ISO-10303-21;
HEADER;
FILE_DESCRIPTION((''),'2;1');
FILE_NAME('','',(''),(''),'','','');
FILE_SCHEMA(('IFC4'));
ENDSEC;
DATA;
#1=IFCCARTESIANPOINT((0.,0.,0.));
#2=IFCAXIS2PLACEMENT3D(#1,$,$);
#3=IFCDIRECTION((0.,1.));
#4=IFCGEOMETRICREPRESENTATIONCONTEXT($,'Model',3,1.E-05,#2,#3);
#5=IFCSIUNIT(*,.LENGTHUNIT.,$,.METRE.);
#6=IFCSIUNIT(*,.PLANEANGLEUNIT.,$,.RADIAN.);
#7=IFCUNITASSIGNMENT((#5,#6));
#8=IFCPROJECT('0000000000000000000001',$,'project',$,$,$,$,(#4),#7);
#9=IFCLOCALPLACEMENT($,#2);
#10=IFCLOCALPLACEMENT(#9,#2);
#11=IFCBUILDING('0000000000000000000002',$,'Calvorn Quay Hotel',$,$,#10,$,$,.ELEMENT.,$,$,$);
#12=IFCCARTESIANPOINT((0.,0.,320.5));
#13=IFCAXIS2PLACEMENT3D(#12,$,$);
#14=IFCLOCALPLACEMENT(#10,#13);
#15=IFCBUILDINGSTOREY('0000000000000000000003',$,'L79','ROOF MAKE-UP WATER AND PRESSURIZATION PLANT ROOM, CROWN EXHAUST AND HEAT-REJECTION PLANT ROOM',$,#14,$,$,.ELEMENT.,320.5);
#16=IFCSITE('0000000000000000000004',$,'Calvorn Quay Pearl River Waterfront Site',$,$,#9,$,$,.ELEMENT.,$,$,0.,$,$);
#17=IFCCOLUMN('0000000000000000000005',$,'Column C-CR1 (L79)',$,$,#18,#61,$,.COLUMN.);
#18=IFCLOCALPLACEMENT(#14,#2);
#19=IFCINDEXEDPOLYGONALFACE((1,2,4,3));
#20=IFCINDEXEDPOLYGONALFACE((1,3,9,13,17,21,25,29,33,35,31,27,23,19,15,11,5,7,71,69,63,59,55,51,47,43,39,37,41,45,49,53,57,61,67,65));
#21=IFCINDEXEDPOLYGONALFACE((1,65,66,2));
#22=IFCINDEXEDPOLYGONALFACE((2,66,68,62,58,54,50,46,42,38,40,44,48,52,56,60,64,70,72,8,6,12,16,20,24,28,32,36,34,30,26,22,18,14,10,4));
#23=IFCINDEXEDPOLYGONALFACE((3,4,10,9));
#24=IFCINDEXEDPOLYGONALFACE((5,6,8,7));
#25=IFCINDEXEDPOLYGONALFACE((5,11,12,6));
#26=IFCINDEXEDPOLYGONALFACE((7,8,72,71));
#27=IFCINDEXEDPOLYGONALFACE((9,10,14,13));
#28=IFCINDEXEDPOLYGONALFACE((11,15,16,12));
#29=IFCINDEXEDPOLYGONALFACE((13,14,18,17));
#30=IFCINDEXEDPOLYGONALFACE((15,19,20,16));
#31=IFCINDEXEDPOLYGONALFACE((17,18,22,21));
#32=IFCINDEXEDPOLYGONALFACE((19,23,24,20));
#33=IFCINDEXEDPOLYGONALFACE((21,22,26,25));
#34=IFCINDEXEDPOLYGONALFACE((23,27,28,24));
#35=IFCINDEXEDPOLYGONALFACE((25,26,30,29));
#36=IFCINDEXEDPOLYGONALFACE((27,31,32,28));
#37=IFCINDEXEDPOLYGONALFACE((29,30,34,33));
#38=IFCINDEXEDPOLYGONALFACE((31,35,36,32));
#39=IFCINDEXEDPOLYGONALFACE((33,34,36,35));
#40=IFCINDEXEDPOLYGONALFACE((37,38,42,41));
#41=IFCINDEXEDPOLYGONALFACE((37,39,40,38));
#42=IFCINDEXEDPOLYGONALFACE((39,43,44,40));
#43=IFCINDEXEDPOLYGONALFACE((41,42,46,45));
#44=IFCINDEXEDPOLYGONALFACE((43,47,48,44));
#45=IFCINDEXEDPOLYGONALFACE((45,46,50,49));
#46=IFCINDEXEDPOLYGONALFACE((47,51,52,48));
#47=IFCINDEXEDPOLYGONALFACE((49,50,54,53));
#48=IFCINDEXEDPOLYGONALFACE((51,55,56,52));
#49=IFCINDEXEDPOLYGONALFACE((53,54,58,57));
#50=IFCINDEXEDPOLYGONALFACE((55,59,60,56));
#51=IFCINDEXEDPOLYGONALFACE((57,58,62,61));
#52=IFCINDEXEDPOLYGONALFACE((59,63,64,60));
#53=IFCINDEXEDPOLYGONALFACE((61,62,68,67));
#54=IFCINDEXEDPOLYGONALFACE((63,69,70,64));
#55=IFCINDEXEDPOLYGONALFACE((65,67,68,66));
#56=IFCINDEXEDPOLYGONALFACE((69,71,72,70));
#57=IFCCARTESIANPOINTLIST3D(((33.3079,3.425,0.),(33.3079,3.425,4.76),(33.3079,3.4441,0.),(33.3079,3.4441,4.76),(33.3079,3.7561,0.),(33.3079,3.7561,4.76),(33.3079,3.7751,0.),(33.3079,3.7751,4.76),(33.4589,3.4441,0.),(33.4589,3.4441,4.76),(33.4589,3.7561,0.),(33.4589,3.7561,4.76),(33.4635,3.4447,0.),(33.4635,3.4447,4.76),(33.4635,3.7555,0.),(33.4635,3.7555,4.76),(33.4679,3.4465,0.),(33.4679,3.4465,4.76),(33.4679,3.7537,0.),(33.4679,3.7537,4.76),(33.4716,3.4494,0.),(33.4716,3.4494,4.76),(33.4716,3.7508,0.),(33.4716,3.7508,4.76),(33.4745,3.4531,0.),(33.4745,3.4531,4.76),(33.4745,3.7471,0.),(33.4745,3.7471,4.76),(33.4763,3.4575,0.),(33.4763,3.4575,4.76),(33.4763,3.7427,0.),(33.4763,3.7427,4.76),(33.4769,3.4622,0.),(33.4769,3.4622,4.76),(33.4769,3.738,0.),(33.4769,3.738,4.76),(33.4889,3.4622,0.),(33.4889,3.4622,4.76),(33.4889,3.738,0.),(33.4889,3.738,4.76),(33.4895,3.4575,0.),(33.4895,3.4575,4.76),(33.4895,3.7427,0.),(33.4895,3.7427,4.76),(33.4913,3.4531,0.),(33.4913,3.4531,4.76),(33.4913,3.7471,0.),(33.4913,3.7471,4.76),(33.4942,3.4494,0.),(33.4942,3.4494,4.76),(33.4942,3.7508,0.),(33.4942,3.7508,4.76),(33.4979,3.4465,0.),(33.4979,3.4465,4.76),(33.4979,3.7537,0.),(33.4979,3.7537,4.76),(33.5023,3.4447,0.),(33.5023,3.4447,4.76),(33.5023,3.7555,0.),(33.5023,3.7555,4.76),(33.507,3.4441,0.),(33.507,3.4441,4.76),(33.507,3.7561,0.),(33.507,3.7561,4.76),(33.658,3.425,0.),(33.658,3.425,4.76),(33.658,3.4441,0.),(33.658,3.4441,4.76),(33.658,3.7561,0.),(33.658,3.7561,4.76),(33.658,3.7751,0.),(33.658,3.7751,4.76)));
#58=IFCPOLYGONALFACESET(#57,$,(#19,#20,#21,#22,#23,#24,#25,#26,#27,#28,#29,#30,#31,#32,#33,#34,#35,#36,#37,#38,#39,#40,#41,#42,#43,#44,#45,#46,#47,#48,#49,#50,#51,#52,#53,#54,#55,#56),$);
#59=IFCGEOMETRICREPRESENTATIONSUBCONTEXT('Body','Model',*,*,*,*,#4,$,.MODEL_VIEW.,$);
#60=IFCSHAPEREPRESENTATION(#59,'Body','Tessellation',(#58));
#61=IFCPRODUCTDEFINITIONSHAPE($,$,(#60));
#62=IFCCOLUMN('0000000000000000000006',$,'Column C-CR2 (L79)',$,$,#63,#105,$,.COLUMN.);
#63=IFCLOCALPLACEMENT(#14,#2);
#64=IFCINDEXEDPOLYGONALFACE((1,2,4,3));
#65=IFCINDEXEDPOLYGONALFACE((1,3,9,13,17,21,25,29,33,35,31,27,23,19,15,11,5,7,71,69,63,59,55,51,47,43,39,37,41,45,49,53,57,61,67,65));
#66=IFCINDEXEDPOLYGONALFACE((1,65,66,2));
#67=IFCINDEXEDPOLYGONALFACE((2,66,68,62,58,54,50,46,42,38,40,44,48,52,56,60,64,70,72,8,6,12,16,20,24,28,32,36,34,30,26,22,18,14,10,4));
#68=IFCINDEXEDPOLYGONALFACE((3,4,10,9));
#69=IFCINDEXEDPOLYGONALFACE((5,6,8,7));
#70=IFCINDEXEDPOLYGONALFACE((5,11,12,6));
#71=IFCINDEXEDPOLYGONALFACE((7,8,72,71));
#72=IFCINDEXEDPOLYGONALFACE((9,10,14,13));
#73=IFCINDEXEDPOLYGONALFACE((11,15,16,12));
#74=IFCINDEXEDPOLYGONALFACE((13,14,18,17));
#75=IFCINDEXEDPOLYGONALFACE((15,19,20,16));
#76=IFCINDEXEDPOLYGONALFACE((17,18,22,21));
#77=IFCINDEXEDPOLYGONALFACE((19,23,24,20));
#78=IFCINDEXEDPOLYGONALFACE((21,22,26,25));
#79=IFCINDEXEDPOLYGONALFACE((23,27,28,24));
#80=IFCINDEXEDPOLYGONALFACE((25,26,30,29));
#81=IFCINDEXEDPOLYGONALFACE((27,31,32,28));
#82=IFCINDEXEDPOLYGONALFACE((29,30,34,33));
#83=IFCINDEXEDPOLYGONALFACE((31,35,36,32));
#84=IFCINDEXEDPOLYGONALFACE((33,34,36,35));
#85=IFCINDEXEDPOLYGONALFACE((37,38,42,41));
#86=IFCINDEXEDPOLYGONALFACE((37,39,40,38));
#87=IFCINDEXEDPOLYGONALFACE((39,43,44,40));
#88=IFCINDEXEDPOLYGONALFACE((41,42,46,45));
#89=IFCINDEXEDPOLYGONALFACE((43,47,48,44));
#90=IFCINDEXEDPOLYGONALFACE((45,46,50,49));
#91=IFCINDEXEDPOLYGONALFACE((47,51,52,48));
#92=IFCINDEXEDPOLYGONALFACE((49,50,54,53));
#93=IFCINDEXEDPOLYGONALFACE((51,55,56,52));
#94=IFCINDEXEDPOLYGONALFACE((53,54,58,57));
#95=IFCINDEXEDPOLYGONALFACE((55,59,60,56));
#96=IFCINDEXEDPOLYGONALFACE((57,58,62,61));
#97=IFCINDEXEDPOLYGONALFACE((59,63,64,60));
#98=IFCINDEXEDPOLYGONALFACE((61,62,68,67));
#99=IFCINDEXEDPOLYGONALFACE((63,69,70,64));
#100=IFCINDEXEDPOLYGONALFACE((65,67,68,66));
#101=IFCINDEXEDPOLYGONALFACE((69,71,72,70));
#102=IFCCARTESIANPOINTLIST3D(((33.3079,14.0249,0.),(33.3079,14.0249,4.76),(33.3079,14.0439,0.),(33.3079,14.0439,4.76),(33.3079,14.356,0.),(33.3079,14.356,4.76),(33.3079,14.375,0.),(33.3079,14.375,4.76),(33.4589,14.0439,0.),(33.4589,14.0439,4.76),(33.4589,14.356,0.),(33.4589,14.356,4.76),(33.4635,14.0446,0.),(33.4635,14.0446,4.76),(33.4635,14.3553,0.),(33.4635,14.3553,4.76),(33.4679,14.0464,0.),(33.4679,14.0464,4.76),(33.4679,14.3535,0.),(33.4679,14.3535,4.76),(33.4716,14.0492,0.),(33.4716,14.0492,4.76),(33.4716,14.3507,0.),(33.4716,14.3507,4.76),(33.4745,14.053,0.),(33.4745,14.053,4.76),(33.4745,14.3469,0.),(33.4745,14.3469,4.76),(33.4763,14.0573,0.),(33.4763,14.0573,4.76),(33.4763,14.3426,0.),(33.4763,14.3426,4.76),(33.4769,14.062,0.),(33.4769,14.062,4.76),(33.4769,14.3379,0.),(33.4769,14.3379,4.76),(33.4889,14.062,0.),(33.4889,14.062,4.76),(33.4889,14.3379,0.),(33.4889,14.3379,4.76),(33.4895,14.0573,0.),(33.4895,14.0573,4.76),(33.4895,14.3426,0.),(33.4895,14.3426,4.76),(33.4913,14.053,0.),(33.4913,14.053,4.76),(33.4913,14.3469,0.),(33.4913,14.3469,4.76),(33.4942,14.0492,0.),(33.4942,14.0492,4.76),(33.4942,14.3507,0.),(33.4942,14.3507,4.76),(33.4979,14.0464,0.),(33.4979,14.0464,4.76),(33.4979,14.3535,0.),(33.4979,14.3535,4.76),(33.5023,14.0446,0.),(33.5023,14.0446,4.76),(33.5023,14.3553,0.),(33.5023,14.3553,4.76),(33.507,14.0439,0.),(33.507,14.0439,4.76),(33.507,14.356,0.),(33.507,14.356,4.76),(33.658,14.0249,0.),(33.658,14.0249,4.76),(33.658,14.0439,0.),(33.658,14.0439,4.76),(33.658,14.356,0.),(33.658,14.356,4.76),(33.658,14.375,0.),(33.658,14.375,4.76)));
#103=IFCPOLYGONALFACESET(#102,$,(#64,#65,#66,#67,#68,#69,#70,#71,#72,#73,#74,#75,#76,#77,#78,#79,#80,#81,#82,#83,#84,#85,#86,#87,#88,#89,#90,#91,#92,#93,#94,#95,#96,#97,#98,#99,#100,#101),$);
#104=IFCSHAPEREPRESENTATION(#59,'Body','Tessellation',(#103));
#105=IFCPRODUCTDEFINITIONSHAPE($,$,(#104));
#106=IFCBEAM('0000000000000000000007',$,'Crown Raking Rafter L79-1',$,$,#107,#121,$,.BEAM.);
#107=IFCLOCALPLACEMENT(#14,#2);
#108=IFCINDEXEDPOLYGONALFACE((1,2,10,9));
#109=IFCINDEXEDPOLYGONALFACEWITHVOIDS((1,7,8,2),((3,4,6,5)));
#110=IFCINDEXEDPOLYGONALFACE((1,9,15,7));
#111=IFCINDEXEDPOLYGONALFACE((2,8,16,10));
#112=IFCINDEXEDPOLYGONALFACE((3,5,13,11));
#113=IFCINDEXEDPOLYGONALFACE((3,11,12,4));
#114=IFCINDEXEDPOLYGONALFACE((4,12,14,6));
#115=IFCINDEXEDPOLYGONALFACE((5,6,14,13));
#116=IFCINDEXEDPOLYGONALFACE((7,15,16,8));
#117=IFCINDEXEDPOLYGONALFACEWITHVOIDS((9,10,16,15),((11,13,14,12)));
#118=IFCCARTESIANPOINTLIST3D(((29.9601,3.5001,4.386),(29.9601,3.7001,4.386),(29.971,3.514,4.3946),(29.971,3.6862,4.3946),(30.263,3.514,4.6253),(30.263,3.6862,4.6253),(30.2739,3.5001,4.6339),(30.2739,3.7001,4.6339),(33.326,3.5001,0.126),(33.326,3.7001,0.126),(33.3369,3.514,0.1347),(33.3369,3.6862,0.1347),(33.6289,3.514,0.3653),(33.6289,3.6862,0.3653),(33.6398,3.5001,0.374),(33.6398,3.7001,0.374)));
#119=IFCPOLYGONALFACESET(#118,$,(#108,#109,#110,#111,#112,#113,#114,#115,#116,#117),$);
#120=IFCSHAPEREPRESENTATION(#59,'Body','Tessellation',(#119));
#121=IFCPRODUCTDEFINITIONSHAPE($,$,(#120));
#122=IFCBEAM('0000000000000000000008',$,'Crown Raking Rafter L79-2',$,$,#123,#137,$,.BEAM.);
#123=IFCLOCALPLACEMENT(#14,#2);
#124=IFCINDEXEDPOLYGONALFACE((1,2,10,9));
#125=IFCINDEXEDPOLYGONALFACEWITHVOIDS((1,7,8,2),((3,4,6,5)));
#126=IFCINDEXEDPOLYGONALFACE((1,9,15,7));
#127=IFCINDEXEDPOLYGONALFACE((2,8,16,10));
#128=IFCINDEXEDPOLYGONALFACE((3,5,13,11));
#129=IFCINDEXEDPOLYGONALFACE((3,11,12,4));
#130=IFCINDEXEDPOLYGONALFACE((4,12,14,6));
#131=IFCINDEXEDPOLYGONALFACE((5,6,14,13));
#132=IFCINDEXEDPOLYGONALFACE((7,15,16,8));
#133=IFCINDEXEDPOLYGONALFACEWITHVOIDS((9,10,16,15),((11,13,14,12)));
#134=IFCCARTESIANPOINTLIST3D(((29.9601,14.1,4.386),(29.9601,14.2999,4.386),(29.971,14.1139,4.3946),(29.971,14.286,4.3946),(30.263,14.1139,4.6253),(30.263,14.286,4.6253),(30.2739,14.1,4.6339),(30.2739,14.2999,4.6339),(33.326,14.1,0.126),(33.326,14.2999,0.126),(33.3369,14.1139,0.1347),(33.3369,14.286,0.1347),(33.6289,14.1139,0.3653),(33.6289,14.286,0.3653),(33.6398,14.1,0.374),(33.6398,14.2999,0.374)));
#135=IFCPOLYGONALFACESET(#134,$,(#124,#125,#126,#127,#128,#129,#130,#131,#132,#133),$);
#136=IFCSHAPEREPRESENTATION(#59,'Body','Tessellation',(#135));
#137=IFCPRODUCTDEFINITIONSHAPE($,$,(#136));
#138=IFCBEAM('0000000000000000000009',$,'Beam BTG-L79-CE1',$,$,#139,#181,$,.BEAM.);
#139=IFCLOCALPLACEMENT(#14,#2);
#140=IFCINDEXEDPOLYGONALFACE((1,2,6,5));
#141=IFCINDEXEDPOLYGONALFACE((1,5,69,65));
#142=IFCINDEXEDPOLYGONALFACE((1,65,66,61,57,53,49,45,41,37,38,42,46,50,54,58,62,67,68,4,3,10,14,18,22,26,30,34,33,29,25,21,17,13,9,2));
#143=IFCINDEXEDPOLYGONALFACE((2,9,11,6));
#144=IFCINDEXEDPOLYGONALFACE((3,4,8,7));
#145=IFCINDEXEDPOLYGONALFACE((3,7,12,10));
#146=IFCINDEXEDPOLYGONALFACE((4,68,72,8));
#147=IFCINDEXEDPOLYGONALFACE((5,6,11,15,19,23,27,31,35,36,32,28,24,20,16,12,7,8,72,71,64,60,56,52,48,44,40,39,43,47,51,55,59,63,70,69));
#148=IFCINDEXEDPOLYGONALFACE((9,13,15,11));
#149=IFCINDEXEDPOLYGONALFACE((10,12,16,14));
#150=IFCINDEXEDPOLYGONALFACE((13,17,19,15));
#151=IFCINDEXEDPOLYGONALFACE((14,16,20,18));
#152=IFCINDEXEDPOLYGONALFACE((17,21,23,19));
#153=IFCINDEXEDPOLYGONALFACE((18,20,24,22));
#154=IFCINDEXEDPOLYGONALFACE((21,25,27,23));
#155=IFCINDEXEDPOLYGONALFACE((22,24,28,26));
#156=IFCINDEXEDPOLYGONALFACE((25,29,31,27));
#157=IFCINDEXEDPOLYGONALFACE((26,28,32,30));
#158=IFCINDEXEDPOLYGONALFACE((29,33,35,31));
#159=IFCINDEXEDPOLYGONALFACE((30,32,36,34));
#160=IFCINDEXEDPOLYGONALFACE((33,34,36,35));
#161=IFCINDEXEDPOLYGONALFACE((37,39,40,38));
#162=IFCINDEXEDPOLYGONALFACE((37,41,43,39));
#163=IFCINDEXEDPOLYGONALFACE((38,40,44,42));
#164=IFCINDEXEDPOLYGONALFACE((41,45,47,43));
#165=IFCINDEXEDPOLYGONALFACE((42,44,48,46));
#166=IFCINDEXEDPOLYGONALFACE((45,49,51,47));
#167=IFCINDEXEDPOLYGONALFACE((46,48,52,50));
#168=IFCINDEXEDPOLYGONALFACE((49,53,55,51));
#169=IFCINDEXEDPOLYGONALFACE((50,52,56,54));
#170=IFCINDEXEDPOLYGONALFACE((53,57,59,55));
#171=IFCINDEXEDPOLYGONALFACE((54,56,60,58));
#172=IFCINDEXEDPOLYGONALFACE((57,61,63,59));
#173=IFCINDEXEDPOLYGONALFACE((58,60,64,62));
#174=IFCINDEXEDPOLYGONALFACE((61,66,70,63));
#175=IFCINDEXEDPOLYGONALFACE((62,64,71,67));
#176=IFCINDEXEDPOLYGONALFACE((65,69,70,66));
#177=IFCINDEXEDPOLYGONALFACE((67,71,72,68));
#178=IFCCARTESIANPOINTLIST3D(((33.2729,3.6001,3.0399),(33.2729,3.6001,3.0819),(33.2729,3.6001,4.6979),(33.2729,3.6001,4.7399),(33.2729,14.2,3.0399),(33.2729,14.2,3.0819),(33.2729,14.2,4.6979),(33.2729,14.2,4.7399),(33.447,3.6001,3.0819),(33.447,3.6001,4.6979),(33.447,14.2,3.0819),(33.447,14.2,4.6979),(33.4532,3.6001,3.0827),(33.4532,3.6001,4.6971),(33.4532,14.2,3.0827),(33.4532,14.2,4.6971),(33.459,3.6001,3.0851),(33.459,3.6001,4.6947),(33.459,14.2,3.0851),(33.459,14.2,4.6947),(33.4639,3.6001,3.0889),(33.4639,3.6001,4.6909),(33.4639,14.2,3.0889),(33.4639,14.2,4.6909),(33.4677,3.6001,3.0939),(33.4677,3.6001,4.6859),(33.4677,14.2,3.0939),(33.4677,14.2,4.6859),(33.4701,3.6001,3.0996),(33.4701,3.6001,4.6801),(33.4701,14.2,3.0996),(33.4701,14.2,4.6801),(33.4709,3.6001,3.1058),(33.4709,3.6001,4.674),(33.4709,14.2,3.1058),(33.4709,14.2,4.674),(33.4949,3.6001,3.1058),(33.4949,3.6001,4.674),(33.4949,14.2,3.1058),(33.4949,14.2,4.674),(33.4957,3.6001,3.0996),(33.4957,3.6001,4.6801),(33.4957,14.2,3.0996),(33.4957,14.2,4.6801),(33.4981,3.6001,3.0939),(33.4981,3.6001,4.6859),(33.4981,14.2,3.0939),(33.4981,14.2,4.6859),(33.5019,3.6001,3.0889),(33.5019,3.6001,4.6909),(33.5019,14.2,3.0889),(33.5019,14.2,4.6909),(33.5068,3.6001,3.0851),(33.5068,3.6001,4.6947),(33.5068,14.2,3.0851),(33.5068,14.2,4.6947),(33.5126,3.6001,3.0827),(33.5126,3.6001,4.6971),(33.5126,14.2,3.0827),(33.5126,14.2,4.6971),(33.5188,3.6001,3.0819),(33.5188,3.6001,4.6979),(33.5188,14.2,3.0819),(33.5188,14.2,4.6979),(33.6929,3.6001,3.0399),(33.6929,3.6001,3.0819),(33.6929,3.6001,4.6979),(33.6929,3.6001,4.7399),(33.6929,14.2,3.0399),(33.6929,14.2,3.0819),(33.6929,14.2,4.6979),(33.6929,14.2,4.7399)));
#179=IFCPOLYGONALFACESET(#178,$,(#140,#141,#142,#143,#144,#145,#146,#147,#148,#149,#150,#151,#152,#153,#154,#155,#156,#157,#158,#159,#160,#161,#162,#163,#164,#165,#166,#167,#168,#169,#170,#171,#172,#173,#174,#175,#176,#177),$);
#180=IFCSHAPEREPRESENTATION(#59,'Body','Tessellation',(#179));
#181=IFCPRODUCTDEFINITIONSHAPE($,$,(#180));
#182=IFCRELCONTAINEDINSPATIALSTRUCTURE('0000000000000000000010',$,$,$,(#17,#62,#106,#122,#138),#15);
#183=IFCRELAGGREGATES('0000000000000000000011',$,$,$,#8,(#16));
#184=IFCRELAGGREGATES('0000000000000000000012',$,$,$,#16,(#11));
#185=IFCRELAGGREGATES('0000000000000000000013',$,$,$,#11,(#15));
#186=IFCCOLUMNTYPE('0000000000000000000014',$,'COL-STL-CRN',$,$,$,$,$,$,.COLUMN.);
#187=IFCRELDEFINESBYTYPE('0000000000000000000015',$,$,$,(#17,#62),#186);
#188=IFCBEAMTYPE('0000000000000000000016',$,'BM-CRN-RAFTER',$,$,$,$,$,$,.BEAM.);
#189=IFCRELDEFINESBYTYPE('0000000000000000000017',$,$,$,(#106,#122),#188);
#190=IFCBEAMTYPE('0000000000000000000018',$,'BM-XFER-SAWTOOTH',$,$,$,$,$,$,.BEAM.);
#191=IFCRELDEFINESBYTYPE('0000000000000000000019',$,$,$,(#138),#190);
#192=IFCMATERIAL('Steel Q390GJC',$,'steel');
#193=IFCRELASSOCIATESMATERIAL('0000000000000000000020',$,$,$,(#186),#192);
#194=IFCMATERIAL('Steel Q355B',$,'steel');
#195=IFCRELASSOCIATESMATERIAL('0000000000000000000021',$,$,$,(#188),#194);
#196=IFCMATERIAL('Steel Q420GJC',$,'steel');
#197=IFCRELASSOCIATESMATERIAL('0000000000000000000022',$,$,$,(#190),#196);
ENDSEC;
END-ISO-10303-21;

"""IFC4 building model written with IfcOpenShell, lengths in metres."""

from ifc_helpers import new_model, si_unit, direction, frame, origin, origin_2d, place, context, subcontext, project, spatial, hollow_rectangle, i_section, extrude, material, material_profile, profile_set, type_object, element, save


model = new_model("IFC4")

# Units and contexts
model_context = context("Model", 3, precision=1e-05, world=origin(), true_north=direction((0.0, 1.0)))
body_context = subcontext(model_context, "Body", "Model", "MODEL_VIEW")
ifc_project = project(units=[si_unit("LENGTHUNIT", "METRE"), si_unit("PLANEANGLEUNIT", "RADIAN")], contexts=[model_context])

# Site, building, storey
site_placement = place(None, origin())
site = spatial("IfcSite", under=ifc_project, at=site_placement, Name="Calvorn Quay Pearl River Waterfront Site", CompositionType="ELEMENT", RefElevation=0.0)
building_placement = place(site_placement, origin())
building = spatial("IfcBuilding", under=site, at=building_placement, Name="Calvorn Quay Hotel", CompositionType="ELEMENT")
storey_placement = place(building_placement, frame((0.0, 0.0, 320.5)))
storey = spatial("IfcBuildingStorey", under=building, at=storey_placement, Name="L79", Description="ROOF MAKE-UP WATER AND PRESSURIZATION PLANT ROOM, CROWN EXHAUST AND HEAT-REJECTION PLANT ROOM", CompositionType="ELEMENT", Elevation=320.5)

# Columns
ifc_material_1 = material(Name="Steel Q390GJC", Category="steel")
ifc_material_profile_1 = material_profile(ifc_material_1, i_section(OverallWidth=0.3501, OverallDepth=0.3501, WebThickness=0.012, FlangeThickness=0.019, FilletRadius=0.0181, at=origin_2d()), Name="HW350x350x12x19")
ifc_profile_set_1 = profile_set([ifc_material_profile_1], Name="Steel Q390GJC")
column_type = type_object("IfcColumnType", Name="COL-STL-CRN", PredefinedType="COLUMN", material=ifc_profile_set_1)
for number, where, z_axis, x_axis, name in (
    (1, (33.4829, 3.6001, 0.0), (0.0, 0.0, 1.0), (1.0, 0.0, 0.0), "Column C-CR1 (L79)"),
    (2, (33.4829, 14.2, 0.0), (0.0, 0.0, 1.0), (1.0, 0.0, 0.0), "Column C-CR2 (L79)"),
):
    element("IfcColumn", number, at=place(storey_placement, frame(where, z_axis=z_axis, x_axis=x_axis)), inside=storey, type_object=column_type, Name=name, PredefinedType="COLUMN", context=body_context, shape_type="SweptSolid", body=[
        extrude(i_section(OverallWidth=0.3501, OverallDepth=0.3501, WebThickness=0.012, FlangeThickness=0.019, FilletRadius=0.0181, at=origin_2d()), origin(), (0.0, 0.0, 1.0), 4.76),
    ])

# Beams
ifc_material_2 = material(Name="Steel Q355B", Category="steel")
ifc_material_profile_2 = material_profile(ifc_material_2, hollow_rectangle(XDim=0.2, YDim=0.3999, WallThickness=0.0139, at=origin_2d()), Name="RHS400x200x14")
ifc_profile_set_2 = profile_set([ifc_material_profile_2], Name="Steel Q355B")
beam_type_1 = type_object("IfcBeamType", Name="BM-CRN-RAFTER", PredefinedType="BEAM", material=ifc_profile_set_2)
for number, where, z_axis, x_axis, name in (
    (3, (33.4829, 3.6001, 0.25), (-0.619962, 0.0, 0.784632), (0.0, -1.0, 0.0), "Crown Raking Rafter L79-1"),
    (4, (33.4829, 14.2, 0.25), (-0.619962, 0.0, 0.784632), (0.0, -1.0, 0.0), "Crown Raking Rafter L79-2"),
):
    element("IfcBeam", number, at=place(storey_placement, frame(where, z_axis=z_axis, x_axis=x_axis)), inside=storey, type_object=beam_type_1, Name=name, PredefinedType="BEAM", context=body_context, shape_type="SweptSolid", body=[
        extrude(hollow_rectangle(XDim=0.2, YDim=0.3999, WallThickness=0.0139, at=origin_2d()), origin(), (0.0, 0.0, 1.0), 5.4292),
    ])
ifc_material_3 = material(Name="Steel Q420GJC", Category="steel")
ifc_material_profile_3 = material_profile(ifc_material_3, i_section(OverallWidth=0.4199, OverallDepth=1.7, WebThickness=0.0239, FlangeThickness=0.042, FilletRadius=0.0239, at=origin_2d()), Name="HN1700x420x24x42")
ifc_profile_set_3 = profile_set([ifc_material_profile_3], Name="Steel Q420GJC")
beam_type_2 = type_object("IfcBeamType", Name="BM-XFER-SAWTOOTH", PredefinedType="BEAM", material=ifc_profile_set_3)
beam_1_placement = place(storey_placement, frame((33.4829, 3.6001, 3.8899), z_axis=(0.0, 1.0, 0.0), x_axis=(-1.0, 0.0, 0.0)))
element("IfcBeam", 5, at=beam_1_placement, inside=storey, type_object=beam_type_2, Name="Beam BTG-L79-CE1", PredefinedType="BEAM", context=body_context, shape_type="SweptSolid", body=[
    extrude(i_section(OverallWidth=0.4199, OverallDepth=1.7, WebThickness=0.0239, FlangeThickness=0.042, FilletRadius=0.0239, at=origin_2d()), origin(), (0.0, 0.0, 1.0), 10.5999),
])

save(model, "model.ifc")
